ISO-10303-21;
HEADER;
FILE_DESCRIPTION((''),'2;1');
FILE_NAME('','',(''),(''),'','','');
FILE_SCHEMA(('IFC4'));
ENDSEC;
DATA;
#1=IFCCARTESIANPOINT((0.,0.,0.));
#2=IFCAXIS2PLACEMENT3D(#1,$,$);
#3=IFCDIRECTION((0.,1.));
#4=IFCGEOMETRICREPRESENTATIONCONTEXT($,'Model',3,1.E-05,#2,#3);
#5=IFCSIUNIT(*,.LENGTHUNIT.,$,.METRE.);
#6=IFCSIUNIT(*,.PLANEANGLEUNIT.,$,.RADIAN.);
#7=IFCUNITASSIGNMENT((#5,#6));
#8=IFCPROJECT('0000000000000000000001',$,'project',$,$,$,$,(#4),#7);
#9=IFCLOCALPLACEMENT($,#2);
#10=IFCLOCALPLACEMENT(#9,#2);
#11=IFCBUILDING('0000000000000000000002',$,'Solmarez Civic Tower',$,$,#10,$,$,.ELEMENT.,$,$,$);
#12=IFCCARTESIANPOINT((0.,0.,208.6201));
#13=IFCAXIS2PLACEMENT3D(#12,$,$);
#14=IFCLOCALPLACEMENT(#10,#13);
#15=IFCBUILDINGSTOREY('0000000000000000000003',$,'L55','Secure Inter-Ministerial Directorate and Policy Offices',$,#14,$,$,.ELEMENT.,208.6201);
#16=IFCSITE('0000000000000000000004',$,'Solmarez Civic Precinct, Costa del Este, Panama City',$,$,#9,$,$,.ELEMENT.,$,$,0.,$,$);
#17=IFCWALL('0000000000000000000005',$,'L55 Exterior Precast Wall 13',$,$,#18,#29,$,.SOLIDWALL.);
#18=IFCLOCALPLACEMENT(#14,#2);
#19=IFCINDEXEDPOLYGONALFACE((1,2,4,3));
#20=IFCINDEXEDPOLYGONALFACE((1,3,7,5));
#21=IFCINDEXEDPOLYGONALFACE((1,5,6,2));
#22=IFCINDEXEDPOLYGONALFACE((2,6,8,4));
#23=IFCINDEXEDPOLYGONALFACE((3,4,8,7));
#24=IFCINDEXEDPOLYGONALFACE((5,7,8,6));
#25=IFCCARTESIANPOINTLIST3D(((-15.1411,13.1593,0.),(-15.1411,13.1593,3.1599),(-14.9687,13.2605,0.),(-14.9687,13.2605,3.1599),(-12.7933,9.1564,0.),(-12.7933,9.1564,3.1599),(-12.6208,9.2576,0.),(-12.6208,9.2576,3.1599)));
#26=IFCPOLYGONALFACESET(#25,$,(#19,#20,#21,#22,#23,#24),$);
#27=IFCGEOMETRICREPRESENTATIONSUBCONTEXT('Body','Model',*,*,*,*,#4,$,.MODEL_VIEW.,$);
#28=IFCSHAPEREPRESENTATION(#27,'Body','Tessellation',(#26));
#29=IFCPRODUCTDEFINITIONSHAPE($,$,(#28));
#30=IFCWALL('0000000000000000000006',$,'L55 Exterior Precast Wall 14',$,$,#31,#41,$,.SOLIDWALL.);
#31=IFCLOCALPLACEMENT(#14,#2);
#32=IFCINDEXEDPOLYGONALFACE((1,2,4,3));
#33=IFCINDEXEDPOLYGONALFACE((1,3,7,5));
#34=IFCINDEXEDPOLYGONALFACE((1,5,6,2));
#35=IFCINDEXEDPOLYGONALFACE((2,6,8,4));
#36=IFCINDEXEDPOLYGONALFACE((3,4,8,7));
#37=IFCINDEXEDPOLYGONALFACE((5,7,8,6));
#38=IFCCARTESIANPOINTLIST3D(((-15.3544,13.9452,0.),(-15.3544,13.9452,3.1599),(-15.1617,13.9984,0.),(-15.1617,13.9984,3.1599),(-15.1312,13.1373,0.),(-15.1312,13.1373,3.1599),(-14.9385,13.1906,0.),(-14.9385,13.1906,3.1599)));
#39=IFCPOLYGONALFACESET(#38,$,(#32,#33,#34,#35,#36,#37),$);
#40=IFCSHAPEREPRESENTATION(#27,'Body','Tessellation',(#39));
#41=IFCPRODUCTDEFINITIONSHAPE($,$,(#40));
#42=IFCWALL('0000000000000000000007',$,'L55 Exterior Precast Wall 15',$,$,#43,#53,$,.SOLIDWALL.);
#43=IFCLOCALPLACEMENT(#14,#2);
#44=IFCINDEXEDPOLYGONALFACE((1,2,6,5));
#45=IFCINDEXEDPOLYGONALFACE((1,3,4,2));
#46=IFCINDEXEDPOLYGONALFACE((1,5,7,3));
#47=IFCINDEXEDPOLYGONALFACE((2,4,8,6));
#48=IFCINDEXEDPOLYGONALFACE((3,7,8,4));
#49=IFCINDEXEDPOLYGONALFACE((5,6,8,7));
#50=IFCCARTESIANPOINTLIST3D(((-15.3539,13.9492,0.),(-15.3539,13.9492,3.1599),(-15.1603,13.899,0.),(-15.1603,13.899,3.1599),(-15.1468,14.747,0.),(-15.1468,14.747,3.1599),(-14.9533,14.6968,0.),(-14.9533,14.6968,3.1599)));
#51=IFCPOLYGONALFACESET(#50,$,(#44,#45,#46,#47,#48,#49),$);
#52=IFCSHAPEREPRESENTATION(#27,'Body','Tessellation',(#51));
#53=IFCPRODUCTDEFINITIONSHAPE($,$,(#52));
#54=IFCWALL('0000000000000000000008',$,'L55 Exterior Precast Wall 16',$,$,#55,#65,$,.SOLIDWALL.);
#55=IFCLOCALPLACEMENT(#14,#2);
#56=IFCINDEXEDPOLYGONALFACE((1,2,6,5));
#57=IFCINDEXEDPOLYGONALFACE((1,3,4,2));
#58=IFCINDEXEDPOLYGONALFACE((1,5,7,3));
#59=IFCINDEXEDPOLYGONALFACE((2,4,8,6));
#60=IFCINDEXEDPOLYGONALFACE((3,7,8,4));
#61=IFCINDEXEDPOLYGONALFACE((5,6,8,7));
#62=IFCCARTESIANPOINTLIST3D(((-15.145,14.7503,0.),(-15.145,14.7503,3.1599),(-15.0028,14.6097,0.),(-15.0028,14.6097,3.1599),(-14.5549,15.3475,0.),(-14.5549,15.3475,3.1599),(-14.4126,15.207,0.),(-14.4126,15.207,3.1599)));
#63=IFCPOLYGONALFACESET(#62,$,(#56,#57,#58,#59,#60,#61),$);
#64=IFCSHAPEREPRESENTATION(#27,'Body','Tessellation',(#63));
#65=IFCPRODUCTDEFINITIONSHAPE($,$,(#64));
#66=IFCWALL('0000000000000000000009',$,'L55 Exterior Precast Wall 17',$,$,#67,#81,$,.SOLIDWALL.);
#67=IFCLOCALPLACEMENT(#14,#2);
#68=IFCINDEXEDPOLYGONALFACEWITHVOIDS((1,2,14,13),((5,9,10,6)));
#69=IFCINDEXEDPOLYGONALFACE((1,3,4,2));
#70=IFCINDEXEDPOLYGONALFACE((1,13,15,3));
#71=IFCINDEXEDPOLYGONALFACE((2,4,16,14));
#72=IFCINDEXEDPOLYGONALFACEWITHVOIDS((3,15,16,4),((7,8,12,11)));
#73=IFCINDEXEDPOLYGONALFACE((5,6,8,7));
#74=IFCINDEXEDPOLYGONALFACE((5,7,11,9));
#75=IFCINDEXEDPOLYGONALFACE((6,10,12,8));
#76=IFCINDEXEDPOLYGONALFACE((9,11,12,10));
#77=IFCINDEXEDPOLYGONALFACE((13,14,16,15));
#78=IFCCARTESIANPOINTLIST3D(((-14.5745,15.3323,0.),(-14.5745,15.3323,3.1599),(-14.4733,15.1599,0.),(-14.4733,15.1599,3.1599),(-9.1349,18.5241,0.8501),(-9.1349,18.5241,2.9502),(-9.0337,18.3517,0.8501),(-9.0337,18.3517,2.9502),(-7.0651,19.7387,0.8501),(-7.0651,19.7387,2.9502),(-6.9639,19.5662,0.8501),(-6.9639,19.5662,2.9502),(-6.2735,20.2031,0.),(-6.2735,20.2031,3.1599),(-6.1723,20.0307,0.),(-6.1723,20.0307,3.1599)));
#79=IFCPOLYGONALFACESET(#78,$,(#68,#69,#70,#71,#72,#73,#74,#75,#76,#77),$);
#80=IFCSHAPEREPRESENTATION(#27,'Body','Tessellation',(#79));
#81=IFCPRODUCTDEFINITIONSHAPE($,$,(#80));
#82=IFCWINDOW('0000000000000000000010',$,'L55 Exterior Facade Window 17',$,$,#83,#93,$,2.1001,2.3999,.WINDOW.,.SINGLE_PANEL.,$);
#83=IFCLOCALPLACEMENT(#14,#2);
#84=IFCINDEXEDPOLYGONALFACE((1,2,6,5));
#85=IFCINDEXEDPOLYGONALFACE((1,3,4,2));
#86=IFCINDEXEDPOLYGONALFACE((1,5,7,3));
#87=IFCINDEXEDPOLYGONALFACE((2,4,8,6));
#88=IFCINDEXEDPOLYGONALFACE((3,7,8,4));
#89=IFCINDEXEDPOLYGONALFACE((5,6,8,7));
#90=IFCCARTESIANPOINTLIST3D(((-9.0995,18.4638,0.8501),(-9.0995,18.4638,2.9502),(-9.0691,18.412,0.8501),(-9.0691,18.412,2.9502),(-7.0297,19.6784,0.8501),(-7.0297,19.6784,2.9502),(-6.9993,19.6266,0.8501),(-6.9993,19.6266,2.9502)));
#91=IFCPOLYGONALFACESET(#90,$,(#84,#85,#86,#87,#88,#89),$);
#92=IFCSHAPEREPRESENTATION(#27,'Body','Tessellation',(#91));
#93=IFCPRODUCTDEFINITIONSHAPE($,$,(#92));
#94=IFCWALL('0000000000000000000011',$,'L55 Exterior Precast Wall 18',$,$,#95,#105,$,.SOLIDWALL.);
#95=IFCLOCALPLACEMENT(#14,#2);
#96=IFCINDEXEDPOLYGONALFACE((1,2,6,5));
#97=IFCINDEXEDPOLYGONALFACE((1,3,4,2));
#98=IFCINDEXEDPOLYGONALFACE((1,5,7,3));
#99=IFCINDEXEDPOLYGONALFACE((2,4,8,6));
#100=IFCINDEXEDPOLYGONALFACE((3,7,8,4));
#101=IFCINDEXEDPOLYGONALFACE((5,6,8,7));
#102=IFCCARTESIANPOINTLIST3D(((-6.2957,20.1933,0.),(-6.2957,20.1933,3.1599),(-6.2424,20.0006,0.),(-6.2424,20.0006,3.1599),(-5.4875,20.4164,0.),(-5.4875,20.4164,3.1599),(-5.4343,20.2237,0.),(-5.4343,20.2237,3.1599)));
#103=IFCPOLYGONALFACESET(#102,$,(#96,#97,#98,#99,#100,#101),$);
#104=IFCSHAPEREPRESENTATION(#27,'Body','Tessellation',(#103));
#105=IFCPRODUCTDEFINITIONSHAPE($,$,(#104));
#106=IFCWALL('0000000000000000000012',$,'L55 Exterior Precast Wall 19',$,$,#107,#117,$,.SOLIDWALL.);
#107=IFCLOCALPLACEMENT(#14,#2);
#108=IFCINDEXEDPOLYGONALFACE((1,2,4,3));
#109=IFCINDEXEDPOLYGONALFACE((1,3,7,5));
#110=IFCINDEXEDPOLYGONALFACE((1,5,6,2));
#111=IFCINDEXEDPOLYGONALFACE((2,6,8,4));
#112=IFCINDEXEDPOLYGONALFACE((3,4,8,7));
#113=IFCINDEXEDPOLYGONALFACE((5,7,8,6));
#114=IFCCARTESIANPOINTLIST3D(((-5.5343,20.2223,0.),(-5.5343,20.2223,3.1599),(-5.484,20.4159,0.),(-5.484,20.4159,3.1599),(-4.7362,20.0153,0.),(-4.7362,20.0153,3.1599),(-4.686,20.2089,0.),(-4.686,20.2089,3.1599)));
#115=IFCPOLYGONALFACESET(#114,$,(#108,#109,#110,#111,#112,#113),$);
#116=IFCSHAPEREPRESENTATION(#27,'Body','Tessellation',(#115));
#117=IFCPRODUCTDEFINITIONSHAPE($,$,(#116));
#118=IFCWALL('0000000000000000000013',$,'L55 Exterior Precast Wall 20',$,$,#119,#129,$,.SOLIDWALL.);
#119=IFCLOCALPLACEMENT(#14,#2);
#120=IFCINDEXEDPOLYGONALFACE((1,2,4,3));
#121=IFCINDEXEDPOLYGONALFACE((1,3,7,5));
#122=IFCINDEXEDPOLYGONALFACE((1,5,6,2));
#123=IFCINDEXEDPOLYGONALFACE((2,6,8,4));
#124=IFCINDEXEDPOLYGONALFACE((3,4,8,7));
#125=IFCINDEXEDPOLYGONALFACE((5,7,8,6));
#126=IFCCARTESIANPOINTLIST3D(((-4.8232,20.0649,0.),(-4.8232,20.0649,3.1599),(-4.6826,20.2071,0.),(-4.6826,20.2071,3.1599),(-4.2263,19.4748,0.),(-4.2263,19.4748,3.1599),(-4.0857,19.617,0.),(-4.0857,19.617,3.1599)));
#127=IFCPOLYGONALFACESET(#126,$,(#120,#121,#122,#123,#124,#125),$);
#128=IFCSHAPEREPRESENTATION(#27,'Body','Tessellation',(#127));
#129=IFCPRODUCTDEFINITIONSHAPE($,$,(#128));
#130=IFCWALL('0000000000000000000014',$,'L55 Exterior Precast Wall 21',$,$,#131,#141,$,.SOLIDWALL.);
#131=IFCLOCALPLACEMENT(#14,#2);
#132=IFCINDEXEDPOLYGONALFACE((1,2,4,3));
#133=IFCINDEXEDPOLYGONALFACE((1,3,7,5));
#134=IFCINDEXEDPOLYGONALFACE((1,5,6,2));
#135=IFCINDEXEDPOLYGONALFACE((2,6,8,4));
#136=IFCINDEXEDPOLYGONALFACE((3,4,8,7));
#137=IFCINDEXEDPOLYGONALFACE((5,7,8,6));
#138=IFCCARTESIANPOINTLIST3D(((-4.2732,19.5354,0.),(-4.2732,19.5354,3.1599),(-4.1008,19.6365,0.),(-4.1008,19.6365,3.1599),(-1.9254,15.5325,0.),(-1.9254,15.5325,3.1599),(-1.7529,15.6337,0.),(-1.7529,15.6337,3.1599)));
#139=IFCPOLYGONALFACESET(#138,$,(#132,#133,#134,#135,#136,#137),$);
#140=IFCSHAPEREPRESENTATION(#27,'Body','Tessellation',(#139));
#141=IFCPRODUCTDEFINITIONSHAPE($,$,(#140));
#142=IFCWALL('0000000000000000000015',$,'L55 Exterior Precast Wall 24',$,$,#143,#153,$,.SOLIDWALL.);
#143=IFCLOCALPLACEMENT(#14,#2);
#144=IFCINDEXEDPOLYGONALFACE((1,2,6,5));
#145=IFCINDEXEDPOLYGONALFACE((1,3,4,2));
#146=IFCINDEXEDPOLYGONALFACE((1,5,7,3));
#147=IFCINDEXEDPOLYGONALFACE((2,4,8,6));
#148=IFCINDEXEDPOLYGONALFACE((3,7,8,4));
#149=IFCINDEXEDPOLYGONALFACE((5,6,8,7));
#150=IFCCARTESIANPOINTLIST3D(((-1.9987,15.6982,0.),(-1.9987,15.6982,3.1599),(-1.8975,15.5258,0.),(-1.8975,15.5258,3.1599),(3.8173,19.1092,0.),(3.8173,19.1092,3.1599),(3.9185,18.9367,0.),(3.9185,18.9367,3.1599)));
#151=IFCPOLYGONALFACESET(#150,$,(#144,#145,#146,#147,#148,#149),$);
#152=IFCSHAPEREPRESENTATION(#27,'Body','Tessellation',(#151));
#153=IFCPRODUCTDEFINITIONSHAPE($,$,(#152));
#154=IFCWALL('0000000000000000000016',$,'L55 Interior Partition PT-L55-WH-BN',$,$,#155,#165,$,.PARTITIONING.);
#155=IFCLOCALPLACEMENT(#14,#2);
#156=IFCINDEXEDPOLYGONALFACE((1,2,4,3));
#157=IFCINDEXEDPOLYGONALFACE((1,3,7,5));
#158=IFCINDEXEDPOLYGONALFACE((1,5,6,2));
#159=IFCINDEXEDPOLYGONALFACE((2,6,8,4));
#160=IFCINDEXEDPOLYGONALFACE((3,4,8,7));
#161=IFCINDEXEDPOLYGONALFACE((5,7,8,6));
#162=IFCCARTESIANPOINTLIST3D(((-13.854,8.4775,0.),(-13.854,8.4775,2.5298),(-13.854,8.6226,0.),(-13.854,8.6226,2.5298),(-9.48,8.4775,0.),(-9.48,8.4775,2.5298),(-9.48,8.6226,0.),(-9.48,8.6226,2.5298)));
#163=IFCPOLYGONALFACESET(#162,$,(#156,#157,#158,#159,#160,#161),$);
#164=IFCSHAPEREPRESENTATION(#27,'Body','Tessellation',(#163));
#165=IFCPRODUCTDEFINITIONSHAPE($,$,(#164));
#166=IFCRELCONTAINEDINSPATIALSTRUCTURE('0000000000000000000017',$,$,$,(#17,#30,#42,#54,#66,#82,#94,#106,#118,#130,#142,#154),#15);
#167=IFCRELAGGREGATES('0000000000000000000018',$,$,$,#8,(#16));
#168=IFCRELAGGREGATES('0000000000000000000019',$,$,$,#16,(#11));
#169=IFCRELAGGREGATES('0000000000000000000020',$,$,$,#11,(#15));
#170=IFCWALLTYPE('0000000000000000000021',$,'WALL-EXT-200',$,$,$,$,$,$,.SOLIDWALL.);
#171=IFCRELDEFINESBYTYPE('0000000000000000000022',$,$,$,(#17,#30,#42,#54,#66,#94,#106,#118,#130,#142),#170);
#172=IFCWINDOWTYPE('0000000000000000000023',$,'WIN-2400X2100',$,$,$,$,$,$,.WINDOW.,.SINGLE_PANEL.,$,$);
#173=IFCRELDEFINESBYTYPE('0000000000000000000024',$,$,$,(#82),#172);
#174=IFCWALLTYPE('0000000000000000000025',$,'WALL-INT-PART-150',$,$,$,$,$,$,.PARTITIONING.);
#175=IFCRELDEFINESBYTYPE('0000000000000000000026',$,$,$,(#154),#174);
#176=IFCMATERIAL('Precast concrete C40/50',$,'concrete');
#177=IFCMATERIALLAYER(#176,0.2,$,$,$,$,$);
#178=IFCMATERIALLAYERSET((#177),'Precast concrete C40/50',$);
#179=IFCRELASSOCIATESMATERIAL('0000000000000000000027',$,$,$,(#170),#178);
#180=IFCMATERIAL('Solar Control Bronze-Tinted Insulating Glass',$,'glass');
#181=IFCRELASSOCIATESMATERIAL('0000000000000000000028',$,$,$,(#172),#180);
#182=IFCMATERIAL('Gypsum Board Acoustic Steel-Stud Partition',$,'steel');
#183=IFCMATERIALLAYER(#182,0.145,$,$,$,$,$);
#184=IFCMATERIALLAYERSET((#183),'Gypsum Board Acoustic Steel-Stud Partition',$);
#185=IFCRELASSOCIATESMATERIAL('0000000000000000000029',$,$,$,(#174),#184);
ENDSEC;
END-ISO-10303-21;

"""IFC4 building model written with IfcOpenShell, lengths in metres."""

from ifc_helpers import new_model, si_unit, direction, frame, frame_2d, origin, place, context, subcontext, project, spatial, rectangle, extrude, material, layer, layer_set, type_object, element, fill, save


model = new_model("IFC4")

# Units and contexts
model_context = context("Model", 3, precision=1e-05, world=origin(), true_north=direction((0.0, 1.0)))
body_context = subcontext(model_context, "Body", "Model", "MODEL_VIEW")
ifc_project = project(units=[si_unit("LENGTHUNIT", "METRE"), si_unit("PLANEANGLEUNIT", "RADIAN")], contexts=[model_context])

# Site, building, storey
site_placement = place(None, origin())
site = spatial("IfcSite", under=ifc_project, at=site_placement, Name="Solmarez Civic Precinct, Costa del Este, Panama City", CompositionType="ELEMENT", RefElevation=0.0)
building_placement = place(site_placement, origin())
building = spatial("IfcBuilding", under=site, at=building_placement, Name="Solmarez Civic Tower", CompositionType="ELEMENT")
storey_placement = place(building_placement, frame((0.0, 0.0, 208.6201)))
storey = spatial("IfcBuildingStorey", under=building, at=storey_placement, Name="L55", Description="Secure Inter-Ministerial Directorate and Policy Offices", CompositionType="ELEMENT", Elevation=208.6201)

# Walls
ifc_material_1 = material(Name="Precast concrete C40/50", Category="concrete")
ifc_layer_1 = layer(ifc_material_1, 0.2)
ifc_layer_set_1 = layer_set([ifc_layer_1], Name="Precast concrete C40/50")
wall_type_1 = type_object("IfcWallType", Name="WALL-EXT-200", PredefinedType="SOLIDWALL", material=ifc_layer_set_1)
wall_1_placement = place(storey_placement, frame((-12.707, 9.207, 0.0), z_axis=(0.0, 0.0, 1.0), x_axis=(-0.505937, 0.862571, 0.0)))
element("IfcWall", 1, at=wall_1_placement, inside=storey, type_object=wall_type_1, Name="L55 Exterior Precast Wall 13", PredefinedType="SOLIDWALL", context=body_context, shape_type="SweptSolid", body=[
    extrude(rectangle(XDim=4.6406, YDim=0.2, at=frame_2d((2.3203, 0.0))), origin(), (0.0, 0.0, 1.0), 3.1599),
])
wall_2_placement = place(storey_placement, frame((-15.0349, 13.1641, 0.0), z_axis=(0.0, 0.0, 1.0), x_axis=(-0.266246, 0.963905, 0.0)))
element("IfcWall", 2, at=wall_2_placement, inside=storey, type_object=wall_type_1, Name="L55 Exterior Precast Wall 14", PredefinedType="SOLIDWALL", context=body_context, shape_type="SweptSolid", body=[
    extrude(rectangle(XDim=0.8381, YDim=0.2, at=frame_2d((0.4189, 0.0))), origin(), (0.0, 0.0, 1.0), 3.1599),
])
wall_3_placement = place(storey_placement, frame((-15.2571, 13.9241, 0.0), z_axis=(0.0, 0.0, 1.0), x_axis=(0.251168, 0.967944, 0.0)))
element("IfcWall", 3, at=wall_3_placement, inside=storey, type_object=wall_type_1, Name="L55 Exterior Precast Wall 15", PredefinedType="SOLIDWALL", context=body_context, shape_type="SweptSolid", body=[
    extrude(rectangle(XDim=0.8242, YDim=0.2, at=frame_2d((0.4121, 0.0))), origin(), (0.0, 0.0, 1.0), 3.1599),
])
wall_4_placement = place(storey_placement, frame((-15.074, 14.6799, 0.0), z_axis=(0.0, 0.0, 1.0), x_axis=(0.702878, 0.711311, 0.0)))
element("IfcWall", 4, at=wall_4_placement, inside=storey, type_object=wall_type_1, Name="L55 Exterior Precast Wall 16", PredefinedType="SOLIDWALL", context=body_context, shape_type="SweptSolid", body=[
    extrude(rectangle(XDim=0.8396, YDim=0.2, at=frame_2d((0.4199, 0.0))), origin(), (0.0, 0.0, 1.0), 3.1599),
])

# Wall, opening, window
wall_5_placement = place(storey_placement, frame((-14.5239, 15.2461, 0.0), z_axis=(0.0, 0.0, 1.0), x_axis=(0.862483, 0.506085, 0.0)))
wall_5 = element("IfcWall", 5, at=wall_5_placement, inside=storey, type_object=wall_type_1, Name="L55 Exterior Precast Wall 17", PredefinedType="SOLIDWALL", context=body_context, shape_type="SweptSolid", body=[
    extrude(rectangle(XDim=9.6245, YDim=0.2, at=frame_2d((4.8123, 0.0))), origin(), (0.0, 0.0, 1.0), 3.1599),
])
opening_1_placement = place(wall_5_placement, frame((6.3069, 0.0, 0.8501)))
opening_1 = element("IfcOpeningElement", 6, at=opening_1_placement, cuts=wall_5, PredefinedType="OPENING", context=body_context, shape_type="SweptSolid", body=[
    extrude(rectangle(XDim=2.3999, YDim=2.1001, at=frame_2d((1.2, 1.05))), frame((0.0, 0.1099, 0.0), z_axis=(0.0, -1.0, 0.0), x_axis=(1.0, 0.0, 0.0)), (0.0, 0.0, 1.0), 0.22),
])
ifc_material_2 = material(Name="Solar Control Bronze-Tinted Insulating Glass", Category="glass")
window_type = type_object("IfcWindowType", Name="WIN-2400X2100", PartitioningType="SINGLE_PANEL", PredefinedType="WINDOW", material=ifc_material_2)
window_placement = place(opening_1_placement, origin())
window = element("IfcWindow", 7, at=window_placement, inside=storey, type_object=window_type, Name="L55 Exterior Facade Window 17", OverallHeight=2.1001, OverallWidth=2.3999, PartitioningType="SINGLE_PANEL", PredefinedType="WINDOW", context=body_context, shape_type="SweptSolid", body=[
    extrude(rectangle(XDim=2.3999, YDim=2.1001, at=frame_2d((1.2, 1.05))), frame((0.0, 0.03, 0.0), z_axis=(0.0, -1.0, 0.0), x_axis=(1.0, 0.0, 0.0)), (0.0, 0.0, 1.0), 0.0601),
])
fill(opening_1, window)

# Walls
wall_6_placement = place(storey_placement, frame((-6.269, 20.0969, 0.0), z_axis=(0.0, 0.0, 1.0), x_axis=(0.963926, 0.266172, 0.0)))
element("IfcWall", 8, at=wall_6_placement, inside=storey, type_object=wall_type_1, Name="L55 Exterior Precast Wall 18", PredefinedType="SOLIDWALL", context=body_context, shape_type="SweptSolid", body=[
    extrude(rectangle(XDim=0.8384, YDim=0.2, at=frame_2d((0.4192, 0.0))), origin(), (0.0, 0.0, 1.0), 3.1599),
])
wall_7_placement = place(storey_placement, frame((-5.509, 20.3191, 0.0), z_axis=(0.0, 0.0, 1.0), x_axis=(0.967962, -0.251096, 0.0)))
element("IfcWall", 9, at=wall_7_placement, inside=storey, type_object=wall_type_1, Name="L55 Exterior Precast Wall 19", PredefinedType="SOLIDWALL", context=body_context, shape_type="SweptSolid", body=[
    extrude(rectangle(XDim=0.8245, YDim=0.2, at=frame_2d((0.4121, 0.0))), origin(), (0.0, 0.0, 1.0), 3.1599),
])
wall_8_placement = place(storey_placement, frame((-4.7529, 20.136, 0.0), z_axis=(0.0, 0.0, 1.0), x_axis=(0.711167, -0.703023, 0.0)))
element("IfcWall", 10, at=wall_8_placement, inside=storey, type_object=wall_type_1, Name="L55 Exterior Precast Wall 20", PredefinedType="SOLIDWALL", context=body_context, shape_type="SweptSolid", body=[
    extrude(rectangle(XDim=0.8394, YDim=0.2, at=frame_2d((0.4197, 0.0))), origin(), (0.0, 0.0, 1.0), 3.1599),
])
wall_9_placement = place(storey_placement, frame((-4.187, 19.5859, 0.0), z_axis=(0.0, 0.0, 1.0), x_axis=(0.505937, -0.862571, 0.0)))
element("IfcWall", 11, at=wall_9_placement, inside=storey, type_object=wall_type_1, Name="L55 Exterior Precast Wall 21", PredefinedType="SOLIDWALL", context=body_context, shape_type="SweptSolid", body=[
    extrude(rectangle(XDim=4.6406, YDim=0.2, at=frame_2d((2.3203, 0.0))), origin(), (0.0, 0.0, 1.0), 3.1599),
])
wall_10_placement = place(storey_placement, frame((-1.948, 15.6121, 0.0), z_axis=(0.0, 0.0, 1.0), x_axis=(0.862597, 0.505891, 0.0)))
element("IfcWall", 12, at=wall_10_placement, inside=storey, type_object=wall_type_1, Name="L55 Exterior Precast Wall 24", PredefinedType="SOLIDWALL", context=body_context, shape_type="SweptSolid", body=[
    extrude(rectangle(XDim=6.7424, YDim=0.2, at=frame_2d((3.3711, 0.0))), origin(), (0.0, 0.0, 1.0), 3.1599),
])
ifc_material_3 = material(Name="Gypsum Board Acoustic Steel-Stud Partition", Category="steel")
ifc_layer_2 = layer(ifc_material_3, 0.145)
ifc_layer_set_2 = layer_set([ifc_layer_2], Name="Gypsum Board Acoustic Steel-Stud Partition")
wall_type_2 = type_object("IfcWallType", Name="WALL-INT-PART-150", PredefinedType="PARTITIONING", material=ifc_layer_set_2)
wall_11_placement = place(storey_placement, frame((-13.854, 8.55, 0.0), z_axis=(0.0, 0.0, 1.0), x_axis=(1.0, 0.0, 0.0)))
element("IfcWall", 13, at=wall_11_placement, inside=storey, type_object=wall_type_2, Name="L55 Interior Partition PT-L55-WH-BN", PredefinedType="PARTITIONING", context=body_context, shape_type="SweptSolid", body=[
    extrude(rectangle(XDim=4.374, YDim=0.145, at=frame_2d((2.187, 0.0))), origin(), (0.0, 0.0, 1.0), 2.5298),
])

save(model, "model.ifc")
